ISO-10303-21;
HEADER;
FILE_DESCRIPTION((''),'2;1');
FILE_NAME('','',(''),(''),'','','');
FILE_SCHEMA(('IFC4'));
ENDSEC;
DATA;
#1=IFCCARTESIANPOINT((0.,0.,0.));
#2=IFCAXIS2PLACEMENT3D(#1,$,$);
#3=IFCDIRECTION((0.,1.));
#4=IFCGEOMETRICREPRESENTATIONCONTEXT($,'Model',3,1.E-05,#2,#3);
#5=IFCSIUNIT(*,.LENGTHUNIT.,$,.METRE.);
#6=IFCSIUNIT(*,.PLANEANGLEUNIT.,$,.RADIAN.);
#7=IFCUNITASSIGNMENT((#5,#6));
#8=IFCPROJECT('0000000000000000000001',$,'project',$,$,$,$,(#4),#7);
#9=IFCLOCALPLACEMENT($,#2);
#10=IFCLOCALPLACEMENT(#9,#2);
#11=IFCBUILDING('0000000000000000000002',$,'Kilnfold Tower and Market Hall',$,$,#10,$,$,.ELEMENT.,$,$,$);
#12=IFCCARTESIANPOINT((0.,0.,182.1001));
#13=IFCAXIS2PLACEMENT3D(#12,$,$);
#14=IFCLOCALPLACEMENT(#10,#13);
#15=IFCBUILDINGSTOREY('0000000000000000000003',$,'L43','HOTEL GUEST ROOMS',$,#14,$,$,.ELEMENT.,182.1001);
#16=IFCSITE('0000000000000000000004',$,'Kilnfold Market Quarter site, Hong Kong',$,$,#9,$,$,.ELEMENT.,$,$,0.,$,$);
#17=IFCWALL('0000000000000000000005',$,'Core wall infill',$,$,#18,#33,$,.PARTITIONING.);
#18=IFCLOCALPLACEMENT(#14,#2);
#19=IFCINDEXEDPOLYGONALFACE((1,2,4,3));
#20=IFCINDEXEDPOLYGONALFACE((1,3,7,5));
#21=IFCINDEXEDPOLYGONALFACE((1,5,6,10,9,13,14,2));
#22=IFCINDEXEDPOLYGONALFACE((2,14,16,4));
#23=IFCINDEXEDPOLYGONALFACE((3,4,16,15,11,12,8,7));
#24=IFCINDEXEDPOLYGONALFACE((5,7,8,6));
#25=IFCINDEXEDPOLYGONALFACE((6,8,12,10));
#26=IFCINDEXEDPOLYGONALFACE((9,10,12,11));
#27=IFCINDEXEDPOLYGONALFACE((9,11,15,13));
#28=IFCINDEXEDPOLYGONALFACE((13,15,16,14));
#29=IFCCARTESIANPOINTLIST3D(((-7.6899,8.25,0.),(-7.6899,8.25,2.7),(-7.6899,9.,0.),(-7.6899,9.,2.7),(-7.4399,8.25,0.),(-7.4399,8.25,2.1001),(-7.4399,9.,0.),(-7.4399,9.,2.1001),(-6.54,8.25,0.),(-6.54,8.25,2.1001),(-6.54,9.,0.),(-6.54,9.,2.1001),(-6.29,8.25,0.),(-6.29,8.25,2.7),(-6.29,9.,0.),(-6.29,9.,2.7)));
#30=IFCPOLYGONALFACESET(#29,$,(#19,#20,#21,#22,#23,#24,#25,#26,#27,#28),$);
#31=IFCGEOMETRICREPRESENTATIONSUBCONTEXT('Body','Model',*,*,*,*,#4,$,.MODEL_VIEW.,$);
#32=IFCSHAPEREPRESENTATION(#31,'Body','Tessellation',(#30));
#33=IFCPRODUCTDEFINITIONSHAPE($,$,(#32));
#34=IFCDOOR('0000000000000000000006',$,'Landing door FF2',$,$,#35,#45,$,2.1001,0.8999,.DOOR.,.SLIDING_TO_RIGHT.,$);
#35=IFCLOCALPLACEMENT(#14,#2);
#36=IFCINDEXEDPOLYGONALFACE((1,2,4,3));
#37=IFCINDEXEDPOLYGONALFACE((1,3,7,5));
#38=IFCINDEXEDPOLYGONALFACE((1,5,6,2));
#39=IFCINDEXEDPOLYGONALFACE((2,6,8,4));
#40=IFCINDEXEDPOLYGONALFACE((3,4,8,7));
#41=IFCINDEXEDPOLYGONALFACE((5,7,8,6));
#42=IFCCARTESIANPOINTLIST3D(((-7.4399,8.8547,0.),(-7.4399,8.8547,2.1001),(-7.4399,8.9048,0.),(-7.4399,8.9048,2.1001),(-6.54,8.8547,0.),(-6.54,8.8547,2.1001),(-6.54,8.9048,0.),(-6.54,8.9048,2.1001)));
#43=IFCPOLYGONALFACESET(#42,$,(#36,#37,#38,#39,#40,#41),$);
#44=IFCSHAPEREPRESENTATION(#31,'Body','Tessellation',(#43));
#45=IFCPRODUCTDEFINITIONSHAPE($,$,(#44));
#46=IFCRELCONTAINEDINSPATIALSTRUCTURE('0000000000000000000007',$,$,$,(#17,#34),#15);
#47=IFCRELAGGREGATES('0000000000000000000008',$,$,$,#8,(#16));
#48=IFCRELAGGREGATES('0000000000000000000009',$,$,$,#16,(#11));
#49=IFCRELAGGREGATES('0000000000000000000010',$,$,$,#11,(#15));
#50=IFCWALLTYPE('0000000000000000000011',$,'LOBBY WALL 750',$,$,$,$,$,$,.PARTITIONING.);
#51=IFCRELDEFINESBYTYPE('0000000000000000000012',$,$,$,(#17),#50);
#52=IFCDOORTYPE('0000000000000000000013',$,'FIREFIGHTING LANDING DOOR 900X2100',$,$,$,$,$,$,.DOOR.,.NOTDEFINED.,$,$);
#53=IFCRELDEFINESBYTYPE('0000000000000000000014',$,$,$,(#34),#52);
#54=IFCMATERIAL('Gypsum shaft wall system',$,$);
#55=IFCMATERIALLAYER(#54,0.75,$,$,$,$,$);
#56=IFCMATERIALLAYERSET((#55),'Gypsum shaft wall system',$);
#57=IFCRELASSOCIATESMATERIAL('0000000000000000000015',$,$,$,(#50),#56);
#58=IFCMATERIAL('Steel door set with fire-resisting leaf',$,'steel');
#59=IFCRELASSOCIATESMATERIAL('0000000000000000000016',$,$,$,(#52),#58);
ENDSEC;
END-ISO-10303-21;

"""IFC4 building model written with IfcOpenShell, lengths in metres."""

from ifc_helpers import new_model, si_unit, direction, frame, frame_2d, origin, place, context, subcontext, project, spatial, rectangle, extrude, source, transform, mapped, material, layer, layer_set, type_object, element, fill, save


model = new_model("IFC4")

# Units and contexts
model_context = context("Model", 3, precision=1e-05, world=origin(), true_north=direction((0.0, 1.0)))
body_context = subcontext(model_context, "Body", "Model", "MODEL_VIEW")
ifc_project = project(units=[si_unit("LENGTHUNIT", "METRE"), si_unit("PLANEANGLEUNIT", "RADIAN")], contexts=[model_context])

# Site, building, storey
site_placement = place(None, origin())
site = spatial("IfcSite", under=ifc_project, at=site_placement, Name="Kilnfold Market Quarter site, Hong Kong", CompositionType="ELEMENT", RefElevation=0.0)
building_placement = place(site_placement, origin())
building = spatial("IfcBuilding", under=site, at=building_placement, Name="Kilnfold Tower and Market Hall", CompositionType="ELEMENT")
storey_placement = place(building_placement, frame((0.0, 0.0, 182.1001)))
storey = spatial("IfcBuildingStorey", under=building, at=storey_placement, Name="L43", Description="HOTEL GUEST ROOMS", CompositionType="ELEMENT", Elevation=182.1001)

# Wall, opening, door
ifc_material_1 = material(Name="Gypsum shaft wall system")
ifc_layer_1 = layer(ifc_material_1, 0.75)
ifc_layer_set_1 = layer_set([ifc_layer_1], Name="Gypsum shaft wall system")
wall_type_1 = type_object("IfcWallType", Name="LOBBY WALL 750", PredefinedType="PARTITIONING", material=ifc_layer_set_1)
ifc_material_2 = material(Name="Steel door set with fire-resisting leaf", Category="steel")
door_type_1 = type_object("IfcDoorType", Name="FIREFIGHTING LANDING DOOR 900X2100", OperationType="NOTDEFINED", PredefinedType="DOOR", material=ifc_material_2)
shared_shape_1 = source(origin(), body_context, "Body", "SweptSolid", [
    extrude(rectangle(XDim=1.3999, YDim=0.75, at=frame_2d((0.7, 0.0))), origin(), (0.0, 0.0, 1.0), 2.7),
])
wall_1_placement = place(storey_placement, frame((-7.6899, 8.625, 0.0), z_axis=(0.0, 0.0, 1.0), x_axis=(1.0, 0.0, 0.0)))
wall_1 = element("IfcWall", 1, at=wall_1_placement, inside=storey, type_object=wall_type_1, Name="Core wall infill", PredefinedType="PARTITIONING", context=body_context, shape_type="MappedRepresentation", body=[
    mapped(shared_shape_1, transform((0.0, 0.0, 0.0))),
])
opening_1_placement = place(wall_1_placement, frame((0.25, 0.0, 0.0)))
opening_1 = element("IfcOpeningElement", 2, at=opening_1_placement, cuts=wall_1, PredefinedType="OPENING", context=body_context, shape_type="SweptSolid", body=[
    extrude(rectangle(XDim=0.8999, YDim=2.1001, at=frame_2d((0.45, 1.05))), frame((0.0, 0.385, 0.0), z_axis=(0.0, -1.0, 0.0), x_axis=(1.0, 0.0, 0.0)), (0.0, 0.0, 1.0), 0.77),
])
door_1_placement = place(opening_1_placement, origin())
door_1 = element("IfcDoor", 3, at=door_1_placement, inside=storey, type_object=door_type_1, Name="Landing door FF2", OperationType="SLIDING_TO_RIGHT", OverallHeight=2.1001, OverallWidth=0.8999, PredefinedType="DOOR", context=body_context, shape_type="SweptSolid", body=[
    extrude(rectangle(XDim=0.8999, YDim=2.1001, at=frame_2d((0.45, 1.05))), frame((0.0, 0.2798, 0.0), z_axis=(0.0, -1.0, 0.0), x_axis=(1.0, 0.0, 0.0)), (0.0, 0.0, 1.0), 0.05),
])
fill(opening_1, door_1)

save(model, "model.ifc")
